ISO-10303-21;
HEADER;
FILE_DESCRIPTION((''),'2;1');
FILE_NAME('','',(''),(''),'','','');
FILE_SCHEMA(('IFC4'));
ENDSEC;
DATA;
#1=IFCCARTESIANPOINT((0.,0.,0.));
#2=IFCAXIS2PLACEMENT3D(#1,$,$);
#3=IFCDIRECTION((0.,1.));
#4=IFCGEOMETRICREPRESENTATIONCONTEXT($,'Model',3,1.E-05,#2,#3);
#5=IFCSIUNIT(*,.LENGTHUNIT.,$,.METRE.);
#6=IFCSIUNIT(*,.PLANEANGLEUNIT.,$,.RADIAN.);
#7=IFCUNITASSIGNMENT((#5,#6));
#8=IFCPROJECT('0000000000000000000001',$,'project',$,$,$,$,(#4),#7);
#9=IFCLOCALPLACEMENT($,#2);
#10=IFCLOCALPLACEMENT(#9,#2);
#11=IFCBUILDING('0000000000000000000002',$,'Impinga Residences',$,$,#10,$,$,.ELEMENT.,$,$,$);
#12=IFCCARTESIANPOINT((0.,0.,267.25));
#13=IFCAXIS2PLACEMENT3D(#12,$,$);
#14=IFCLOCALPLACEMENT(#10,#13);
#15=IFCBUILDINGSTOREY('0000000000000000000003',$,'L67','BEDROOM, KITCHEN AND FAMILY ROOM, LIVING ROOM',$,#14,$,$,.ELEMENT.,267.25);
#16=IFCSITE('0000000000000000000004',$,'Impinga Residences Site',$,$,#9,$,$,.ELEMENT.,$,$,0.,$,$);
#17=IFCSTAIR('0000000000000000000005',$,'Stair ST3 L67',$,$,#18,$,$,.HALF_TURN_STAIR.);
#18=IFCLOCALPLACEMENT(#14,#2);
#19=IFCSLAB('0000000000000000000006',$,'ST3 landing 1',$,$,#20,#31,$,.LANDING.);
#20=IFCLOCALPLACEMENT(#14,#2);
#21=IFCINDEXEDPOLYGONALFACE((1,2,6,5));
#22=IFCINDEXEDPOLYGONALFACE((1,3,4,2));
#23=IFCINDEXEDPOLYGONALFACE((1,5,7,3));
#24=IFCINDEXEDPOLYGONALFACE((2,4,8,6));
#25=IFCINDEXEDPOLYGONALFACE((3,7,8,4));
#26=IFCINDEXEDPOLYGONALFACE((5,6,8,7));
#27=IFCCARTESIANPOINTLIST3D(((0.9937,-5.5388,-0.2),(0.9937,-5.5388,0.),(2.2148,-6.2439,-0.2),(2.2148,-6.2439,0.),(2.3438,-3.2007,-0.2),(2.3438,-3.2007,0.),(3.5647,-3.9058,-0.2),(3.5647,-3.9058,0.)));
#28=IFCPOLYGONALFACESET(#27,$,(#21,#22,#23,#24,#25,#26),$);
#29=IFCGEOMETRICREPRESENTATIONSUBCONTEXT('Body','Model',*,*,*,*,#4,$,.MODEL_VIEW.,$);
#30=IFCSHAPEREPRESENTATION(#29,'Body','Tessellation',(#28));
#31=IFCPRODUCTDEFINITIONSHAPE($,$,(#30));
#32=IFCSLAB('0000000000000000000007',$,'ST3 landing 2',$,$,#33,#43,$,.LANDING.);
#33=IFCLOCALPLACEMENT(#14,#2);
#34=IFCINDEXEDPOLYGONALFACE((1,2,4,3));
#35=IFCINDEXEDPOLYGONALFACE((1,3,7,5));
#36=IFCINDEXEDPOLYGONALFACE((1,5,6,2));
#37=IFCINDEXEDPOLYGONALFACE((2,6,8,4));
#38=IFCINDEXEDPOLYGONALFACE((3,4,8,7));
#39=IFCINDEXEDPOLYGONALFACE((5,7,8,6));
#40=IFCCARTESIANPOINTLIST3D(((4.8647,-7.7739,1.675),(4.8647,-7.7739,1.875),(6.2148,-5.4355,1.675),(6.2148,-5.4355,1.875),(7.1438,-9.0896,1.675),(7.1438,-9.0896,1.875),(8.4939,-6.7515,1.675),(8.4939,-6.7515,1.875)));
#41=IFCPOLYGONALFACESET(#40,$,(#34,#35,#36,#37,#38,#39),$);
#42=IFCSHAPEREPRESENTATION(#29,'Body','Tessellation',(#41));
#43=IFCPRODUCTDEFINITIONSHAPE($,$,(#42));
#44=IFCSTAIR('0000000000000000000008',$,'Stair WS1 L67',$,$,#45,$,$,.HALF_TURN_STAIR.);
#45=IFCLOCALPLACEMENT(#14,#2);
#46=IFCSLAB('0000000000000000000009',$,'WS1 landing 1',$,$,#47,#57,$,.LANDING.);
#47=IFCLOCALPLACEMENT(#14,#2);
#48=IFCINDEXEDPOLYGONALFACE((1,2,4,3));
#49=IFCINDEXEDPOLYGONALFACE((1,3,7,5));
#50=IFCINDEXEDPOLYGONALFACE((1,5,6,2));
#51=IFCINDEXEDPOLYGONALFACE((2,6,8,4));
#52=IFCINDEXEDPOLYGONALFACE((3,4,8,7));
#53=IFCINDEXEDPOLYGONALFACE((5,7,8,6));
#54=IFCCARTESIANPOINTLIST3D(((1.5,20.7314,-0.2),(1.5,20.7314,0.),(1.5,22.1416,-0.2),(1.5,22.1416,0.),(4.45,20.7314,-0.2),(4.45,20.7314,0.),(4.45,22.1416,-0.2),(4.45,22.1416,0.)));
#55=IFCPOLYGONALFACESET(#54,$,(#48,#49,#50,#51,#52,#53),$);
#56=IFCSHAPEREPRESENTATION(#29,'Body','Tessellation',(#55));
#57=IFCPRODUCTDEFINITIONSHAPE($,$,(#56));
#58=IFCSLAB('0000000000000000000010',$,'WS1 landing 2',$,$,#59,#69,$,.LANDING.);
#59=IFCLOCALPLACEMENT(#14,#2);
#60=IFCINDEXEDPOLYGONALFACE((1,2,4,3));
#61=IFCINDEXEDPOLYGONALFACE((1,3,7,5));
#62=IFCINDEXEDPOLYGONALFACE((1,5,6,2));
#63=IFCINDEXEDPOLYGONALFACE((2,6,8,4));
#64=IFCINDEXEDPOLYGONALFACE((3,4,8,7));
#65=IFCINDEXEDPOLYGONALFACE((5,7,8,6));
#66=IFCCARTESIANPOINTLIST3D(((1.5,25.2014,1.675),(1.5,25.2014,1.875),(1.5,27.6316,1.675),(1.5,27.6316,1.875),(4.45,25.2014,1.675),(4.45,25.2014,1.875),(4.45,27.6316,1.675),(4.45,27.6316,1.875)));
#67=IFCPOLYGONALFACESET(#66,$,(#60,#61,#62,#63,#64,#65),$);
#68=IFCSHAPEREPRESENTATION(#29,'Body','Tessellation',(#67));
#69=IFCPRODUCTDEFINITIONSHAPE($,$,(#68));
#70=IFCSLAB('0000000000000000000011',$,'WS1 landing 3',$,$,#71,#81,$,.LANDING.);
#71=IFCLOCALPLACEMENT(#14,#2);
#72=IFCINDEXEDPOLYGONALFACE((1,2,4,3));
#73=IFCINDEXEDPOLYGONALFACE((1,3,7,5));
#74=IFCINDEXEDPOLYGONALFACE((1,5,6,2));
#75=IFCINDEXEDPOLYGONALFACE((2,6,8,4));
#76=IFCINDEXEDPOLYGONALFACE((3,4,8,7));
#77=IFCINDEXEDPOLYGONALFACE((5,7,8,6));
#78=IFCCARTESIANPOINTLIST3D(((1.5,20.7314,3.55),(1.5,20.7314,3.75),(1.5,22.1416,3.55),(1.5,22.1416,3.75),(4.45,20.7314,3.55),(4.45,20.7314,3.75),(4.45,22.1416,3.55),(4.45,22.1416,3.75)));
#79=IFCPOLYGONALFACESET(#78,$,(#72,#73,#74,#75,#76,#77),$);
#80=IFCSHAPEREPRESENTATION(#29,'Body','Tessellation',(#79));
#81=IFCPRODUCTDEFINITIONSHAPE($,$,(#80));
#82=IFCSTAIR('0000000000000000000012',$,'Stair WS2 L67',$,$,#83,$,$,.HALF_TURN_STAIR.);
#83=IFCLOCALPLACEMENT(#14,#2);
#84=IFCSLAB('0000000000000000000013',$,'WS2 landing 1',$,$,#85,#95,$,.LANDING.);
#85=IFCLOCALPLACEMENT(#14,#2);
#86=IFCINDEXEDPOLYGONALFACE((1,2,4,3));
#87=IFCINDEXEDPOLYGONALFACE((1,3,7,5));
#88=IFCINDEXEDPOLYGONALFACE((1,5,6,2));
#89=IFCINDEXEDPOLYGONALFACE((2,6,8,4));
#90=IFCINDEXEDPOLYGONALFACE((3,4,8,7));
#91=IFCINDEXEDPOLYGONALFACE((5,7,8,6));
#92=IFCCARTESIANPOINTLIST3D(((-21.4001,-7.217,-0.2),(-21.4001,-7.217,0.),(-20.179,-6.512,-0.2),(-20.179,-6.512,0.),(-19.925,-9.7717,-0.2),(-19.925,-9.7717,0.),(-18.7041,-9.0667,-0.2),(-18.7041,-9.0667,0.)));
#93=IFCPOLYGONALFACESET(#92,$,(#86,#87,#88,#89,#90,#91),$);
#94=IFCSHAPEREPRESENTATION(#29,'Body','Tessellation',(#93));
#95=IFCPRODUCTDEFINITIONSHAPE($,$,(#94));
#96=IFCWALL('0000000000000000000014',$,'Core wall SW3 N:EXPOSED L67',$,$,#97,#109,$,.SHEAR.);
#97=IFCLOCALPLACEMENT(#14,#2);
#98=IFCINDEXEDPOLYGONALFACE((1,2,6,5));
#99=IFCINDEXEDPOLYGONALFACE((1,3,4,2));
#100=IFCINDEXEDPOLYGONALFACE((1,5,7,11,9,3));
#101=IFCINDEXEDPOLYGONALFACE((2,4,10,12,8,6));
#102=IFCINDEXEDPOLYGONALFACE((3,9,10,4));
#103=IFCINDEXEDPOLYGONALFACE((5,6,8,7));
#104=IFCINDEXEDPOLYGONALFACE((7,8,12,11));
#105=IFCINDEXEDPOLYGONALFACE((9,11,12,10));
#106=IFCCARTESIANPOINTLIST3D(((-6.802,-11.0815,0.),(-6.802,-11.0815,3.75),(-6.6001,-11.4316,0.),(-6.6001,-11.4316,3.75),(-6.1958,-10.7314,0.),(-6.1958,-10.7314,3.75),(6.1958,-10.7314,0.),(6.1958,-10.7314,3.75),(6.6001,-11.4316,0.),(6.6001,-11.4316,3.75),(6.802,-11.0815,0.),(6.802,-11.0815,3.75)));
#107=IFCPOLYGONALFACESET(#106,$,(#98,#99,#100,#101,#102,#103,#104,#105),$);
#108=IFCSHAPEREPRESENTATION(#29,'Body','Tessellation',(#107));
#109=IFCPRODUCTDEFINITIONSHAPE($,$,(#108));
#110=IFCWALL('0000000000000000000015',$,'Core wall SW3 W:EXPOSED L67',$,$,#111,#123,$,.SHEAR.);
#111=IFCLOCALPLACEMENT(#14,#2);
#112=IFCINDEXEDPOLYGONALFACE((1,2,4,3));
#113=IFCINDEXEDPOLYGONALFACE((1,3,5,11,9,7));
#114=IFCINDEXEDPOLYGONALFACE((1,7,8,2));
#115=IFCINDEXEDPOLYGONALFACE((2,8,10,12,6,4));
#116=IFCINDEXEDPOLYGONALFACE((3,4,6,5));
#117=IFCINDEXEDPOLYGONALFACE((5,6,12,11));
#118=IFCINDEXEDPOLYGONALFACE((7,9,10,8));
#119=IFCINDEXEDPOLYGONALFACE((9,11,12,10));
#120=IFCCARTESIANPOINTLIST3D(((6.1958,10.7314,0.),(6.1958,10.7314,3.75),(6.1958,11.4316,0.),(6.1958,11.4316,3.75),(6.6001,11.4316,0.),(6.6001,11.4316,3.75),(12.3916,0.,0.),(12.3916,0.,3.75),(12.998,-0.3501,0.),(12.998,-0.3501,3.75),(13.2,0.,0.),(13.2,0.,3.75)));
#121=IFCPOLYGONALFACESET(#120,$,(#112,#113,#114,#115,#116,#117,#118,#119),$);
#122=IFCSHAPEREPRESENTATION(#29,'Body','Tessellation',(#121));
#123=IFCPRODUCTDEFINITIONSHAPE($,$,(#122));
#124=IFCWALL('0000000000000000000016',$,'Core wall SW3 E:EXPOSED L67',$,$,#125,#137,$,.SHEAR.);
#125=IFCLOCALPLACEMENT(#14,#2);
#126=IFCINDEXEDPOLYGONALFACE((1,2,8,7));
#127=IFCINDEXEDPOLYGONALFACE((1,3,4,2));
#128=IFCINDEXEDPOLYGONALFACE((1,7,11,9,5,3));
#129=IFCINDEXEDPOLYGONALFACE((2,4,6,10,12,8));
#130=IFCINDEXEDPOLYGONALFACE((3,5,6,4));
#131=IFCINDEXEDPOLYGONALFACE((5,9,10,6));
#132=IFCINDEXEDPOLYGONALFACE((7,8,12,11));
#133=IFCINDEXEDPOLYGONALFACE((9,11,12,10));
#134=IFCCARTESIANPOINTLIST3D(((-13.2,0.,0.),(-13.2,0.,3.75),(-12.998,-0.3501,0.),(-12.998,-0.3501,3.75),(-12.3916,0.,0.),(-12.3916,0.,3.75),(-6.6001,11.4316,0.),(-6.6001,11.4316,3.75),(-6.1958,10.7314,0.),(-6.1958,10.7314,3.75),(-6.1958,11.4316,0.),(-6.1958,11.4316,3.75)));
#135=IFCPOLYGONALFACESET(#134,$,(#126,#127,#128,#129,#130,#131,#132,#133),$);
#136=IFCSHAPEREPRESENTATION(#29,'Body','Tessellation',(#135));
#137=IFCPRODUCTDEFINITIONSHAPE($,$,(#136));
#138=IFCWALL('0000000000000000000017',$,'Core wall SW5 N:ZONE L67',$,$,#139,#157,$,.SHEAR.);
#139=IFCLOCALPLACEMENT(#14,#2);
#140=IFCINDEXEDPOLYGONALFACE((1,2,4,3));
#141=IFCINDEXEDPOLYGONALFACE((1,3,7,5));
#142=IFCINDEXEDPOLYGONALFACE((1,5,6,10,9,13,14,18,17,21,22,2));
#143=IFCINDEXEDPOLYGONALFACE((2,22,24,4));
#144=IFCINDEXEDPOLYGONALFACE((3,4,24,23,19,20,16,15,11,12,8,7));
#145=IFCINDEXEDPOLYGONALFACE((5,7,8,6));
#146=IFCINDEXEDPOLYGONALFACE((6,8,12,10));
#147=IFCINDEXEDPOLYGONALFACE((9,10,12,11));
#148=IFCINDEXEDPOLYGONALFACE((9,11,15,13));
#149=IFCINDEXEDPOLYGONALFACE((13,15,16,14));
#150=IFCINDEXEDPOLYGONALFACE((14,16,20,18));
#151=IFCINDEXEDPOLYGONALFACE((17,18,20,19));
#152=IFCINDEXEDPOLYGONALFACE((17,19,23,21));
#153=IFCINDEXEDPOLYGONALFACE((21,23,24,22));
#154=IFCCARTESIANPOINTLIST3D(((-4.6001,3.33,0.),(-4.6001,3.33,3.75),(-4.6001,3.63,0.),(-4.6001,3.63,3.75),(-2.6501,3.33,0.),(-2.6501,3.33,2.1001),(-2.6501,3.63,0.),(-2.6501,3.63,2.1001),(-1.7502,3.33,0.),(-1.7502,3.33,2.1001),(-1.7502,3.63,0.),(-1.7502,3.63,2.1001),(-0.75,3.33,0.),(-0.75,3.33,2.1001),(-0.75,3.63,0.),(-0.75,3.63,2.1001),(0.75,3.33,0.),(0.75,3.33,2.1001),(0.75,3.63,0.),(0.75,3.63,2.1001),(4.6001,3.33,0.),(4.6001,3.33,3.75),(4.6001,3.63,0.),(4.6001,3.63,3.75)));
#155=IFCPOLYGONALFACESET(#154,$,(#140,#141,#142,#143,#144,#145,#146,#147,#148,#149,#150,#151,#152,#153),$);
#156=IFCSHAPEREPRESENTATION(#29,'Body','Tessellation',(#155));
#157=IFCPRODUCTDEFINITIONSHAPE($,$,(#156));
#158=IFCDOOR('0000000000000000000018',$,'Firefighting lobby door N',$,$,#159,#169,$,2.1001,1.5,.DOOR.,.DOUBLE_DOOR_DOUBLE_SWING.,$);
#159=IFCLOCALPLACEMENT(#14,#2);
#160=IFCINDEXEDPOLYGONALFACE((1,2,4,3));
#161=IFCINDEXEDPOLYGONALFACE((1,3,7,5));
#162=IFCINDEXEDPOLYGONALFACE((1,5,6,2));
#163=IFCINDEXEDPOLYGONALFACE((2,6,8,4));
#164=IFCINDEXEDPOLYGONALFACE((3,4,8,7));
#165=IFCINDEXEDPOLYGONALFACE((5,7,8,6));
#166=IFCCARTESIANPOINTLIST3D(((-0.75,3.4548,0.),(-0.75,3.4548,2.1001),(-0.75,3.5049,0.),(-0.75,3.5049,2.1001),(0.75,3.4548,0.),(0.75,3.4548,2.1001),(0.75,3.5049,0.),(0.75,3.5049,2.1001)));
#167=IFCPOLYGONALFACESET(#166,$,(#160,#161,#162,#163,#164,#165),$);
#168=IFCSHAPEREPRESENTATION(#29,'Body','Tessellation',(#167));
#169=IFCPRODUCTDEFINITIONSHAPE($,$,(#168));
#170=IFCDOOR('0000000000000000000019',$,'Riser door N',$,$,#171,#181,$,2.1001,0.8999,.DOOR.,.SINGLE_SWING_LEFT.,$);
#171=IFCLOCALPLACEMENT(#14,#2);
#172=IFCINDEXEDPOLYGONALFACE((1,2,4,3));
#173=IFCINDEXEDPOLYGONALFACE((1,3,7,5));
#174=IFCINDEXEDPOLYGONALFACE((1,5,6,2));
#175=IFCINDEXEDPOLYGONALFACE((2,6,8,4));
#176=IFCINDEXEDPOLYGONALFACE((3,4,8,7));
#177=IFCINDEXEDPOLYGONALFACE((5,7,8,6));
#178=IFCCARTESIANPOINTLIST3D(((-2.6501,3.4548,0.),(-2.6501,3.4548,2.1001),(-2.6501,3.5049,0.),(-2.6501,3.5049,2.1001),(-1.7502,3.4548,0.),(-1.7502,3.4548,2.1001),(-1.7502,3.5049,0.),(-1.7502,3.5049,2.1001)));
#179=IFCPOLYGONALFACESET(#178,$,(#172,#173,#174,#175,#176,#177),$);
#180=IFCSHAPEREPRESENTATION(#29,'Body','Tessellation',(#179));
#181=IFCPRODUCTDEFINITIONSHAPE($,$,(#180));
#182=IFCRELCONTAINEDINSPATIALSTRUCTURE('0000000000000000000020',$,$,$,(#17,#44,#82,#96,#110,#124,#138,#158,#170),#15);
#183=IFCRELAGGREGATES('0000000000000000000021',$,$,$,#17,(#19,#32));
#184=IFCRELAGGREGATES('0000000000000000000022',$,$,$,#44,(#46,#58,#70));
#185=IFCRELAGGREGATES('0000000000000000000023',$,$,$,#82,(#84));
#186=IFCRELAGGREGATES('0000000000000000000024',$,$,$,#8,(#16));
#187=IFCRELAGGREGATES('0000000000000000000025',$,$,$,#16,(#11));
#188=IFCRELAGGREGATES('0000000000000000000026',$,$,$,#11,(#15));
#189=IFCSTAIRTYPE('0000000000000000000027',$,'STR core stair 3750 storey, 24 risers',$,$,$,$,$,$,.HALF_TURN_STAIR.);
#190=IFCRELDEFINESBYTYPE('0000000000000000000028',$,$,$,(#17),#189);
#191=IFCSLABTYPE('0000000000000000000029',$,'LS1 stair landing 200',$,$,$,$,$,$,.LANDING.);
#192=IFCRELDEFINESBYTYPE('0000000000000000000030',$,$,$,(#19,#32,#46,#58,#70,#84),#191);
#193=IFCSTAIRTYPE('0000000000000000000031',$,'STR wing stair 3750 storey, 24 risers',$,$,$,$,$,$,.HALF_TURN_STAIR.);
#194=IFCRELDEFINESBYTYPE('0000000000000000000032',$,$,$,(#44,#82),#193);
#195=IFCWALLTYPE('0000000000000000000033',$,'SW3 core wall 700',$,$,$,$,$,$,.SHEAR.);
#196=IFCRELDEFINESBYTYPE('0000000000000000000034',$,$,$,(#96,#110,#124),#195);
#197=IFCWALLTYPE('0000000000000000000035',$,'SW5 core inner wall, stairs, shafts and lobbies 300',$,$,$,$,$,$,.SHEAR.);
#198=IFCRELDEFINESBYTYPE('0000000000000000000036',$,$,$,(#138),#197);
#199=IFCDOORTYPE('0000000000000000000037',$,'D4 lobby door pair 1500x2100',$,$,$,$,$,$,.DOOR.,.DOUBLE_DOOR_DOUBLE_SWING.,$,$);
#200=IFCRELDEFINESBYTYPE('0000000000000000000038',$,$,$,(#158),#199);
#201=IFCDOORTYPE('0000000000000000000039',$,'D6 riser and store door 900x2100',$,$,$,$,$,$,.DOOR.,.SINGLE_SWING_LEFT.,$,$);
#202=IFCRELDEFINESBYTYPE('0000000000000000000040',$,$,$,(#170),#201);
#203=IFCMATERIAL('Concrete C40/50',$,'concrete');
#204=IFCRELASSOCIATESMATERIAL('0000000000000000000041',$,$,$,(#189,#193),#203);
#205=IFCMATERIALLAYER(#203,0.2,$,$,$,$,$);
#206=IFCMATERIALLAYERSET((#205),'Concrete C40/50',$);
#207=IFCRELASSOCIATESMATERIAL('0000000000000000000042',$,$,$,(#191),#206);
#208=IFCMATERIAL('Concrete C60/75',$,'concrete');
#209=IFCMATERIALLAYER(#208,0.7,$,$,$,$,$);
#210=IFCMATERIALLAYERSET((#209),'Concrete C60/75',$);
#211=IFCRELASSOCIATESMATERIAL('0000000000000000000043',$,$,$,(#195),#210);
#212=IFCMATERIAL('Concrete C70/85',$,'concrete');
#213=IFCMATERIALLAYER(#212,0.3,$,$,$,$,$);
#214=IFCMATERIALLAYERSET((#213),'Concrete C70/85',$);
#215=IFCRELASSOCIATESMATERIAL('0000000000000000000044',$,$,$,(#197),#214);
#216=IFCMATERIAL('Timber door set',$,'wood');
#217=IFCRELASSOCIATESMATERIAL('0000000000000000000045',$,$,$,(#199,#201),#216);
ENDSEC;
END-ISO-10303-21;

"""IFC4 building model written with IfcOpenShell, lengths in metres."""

from ifc_helpers import new_model, si_unit, direction, frame, frame_2d, origin, place, context, subcontext, project, spatial, polyline, rectangle, outline, extrude, material, layer, layer_set, type_object, element, fill, aggregate, save


model = new_model("IFC4")

# Units and contexts
model_context = context("Model", 3, precision=1e-05, world=origin(), true_north=direction((0.0, 1.0)))
body_context = subcontext(model_context, "Body", "Model", "MODEL_VIEW")
ifc_project = project(units=[si_unit("LENGTHUNIT", "METRE"), si_unit("PLANEANGLEUNIT", "RADIAN")], contexts=[model_context])

# Site, building, storey
site_placement = place(None, origin())
site = spatial("IfcSite", under=ifc_project, at=site_placement, Name="Impinga Residences Site", CompositionType="ELEMENT", RefElevation=0.0)
building_placement = place(site_placement, origin())
building = spatial("IfcBuilding", under=site, at=building_placement, Name="Impinga Residences", CompositionType="ELEMENT")
storey_placement = place(building_placement, frame((0.0, 0.0, 267.25)))
storey = spatial("IfcBuildingStorey", under=building, at=storey_placement, Name="L67", Description="BEDROOM, KITCHEN AND FAMILY ROOM, LIVING ROOM", CompositionType="ELEMENT", Elevation=267.25)

# Shared definitions
ifc_material_1 = material(Name="Concrete C60/75", Category="concrete")

# Stairs, slabs
ifc_material_2 = material(Name="Concrete C40/50", Category="concrete")
stair_type_1 = type_object("IfcStairType", Name="STR core stair 3750 storey, 24 risers", PredefinedType="HALF_TURN_STAIR", material=ifc_material_2)
ifc_layer_1 = layer(ifc_material_2, 0.2)
ifc_layer_set_1 = layer_set([ifc_layer_1], Name="Concrete C40/50")
slab_type_1 = type_object("IfcSlabType", Name="LS1 stair landing 200", PredefinedType="LANDING", material=ifc_layer_set_1)
stair_1_placement = place(storey_placement, origin())
stair_1 = element("IfcStair", 1, at=stair_1_placement, inside=storey, type_object=stair_type_1, Name="Stair ST3 L67", PredefinedType="HALF_TURN_STAIR")
slab_1_placement = place(storey_placement, frame((0.0, 0.0, -0.2)))
slab_1 = element("IfcSlab", 2, at=slab_1_placement, type_object=slab_type_1, Name="ST3 landing 1", PredefinedType="LANDING", context=body_context, shape_type="SweptSolid", body=[
    extrude(outline(polyline([(2.3438, -3.2007), (0.9937, -5.5388), (2.2148, -6.2439), (3.5647, -3.9058), (2.3438, -3.2007)])), origin(), (0.0, 0.0, 1.0), 0.2),
])
slab_2_placement = place(storey_placement, frame((0.0, 0.0, 1.675)))
slab_2 = element("IfcSlab", 3, at=slab_2_placement, type_object=slab_type_1, Name="ST3 landing 2", PredefinedType="LANDING", context=body_context, shape_type="SweptSolid", body=[
    extrude(outline(polyline([(6.2148, -5.4355), (4.8647, -7.7739), (7.1438, -9.0896), (8.4939, -6.7515), (6.2148, -5.4355)])), origin(), (0.0, 0.0, 1.0), 0.2),
])
aggregate(stair_1, [slab_1, slab_2])
stair_type_2 = type_object("IfcStairType", Name="STR wing stair 3750 storey, 24 risers", PredefinedType="HALF_TURN_STAIR", material=ifc_material_2)
stair_2_placement = place(storey_placement, origin())
stair_2 = element("IfcStair", 4, at=stair_2_placement, inside=storey, type_object=stair_type_2, Name="Stair WS1 L67", PredefinedType="HALF_TURN_STAIR")
slab_3_placement = place(storey_placement, frame((0.0, 0.0, -0.2)))
slab_3 = element("IfcSlab", 5, at=slab_3_placement, type_object=slab_type_1, Name="WS1 landing 1", PredefinedType="LANDING", context=body_context, shape_type="SweptSolid", body=[
    extrude(outline(polyline([(1.5, 20.7314), (4.45, 20.7314), (4.45, 22.1416), (1.5, 22.1416), (1.5, 20.7314)])), origin(), (0.0, 0.0, 1.0), 0.2),
])
slab_4_placement = place(storey_placement, frame((0.0, 0.0, 1.675)))
slab_4 = element("IfcSlab", 6, at=slab_4_placement, type_object=slab_type_1, Name="WS1 landing 2", PredefinedType="LANDING", context=body_context, shape_type="SweptSolid", body=[
    extrude(outline(polyline([(1.5, 25.2014), (4.45, 25.2014), (4.45, 27.6316), (1.5, 27.6316), (1.5, 25.2014)])), origin(), (0.0, 0.0, 1.0), 0.2),
])
slab_5_placement = place(storey_placement, frame((0.0, 0.0, 3.55)))
slab_5 = element("IfcSlab", 7, at=slab_5_placement, type_object=slab_type_1, Name="WS1 landing 3", PredefinedType="LANDING", context=body_context, shape_type="SweptSolid", body=[
    extrude(outline(polyline([(1.5, 20.7314), (4.45, 20.7314), (4.45, 22.1416), (1.5, 22.1416), (1.5, 20.7314)])), origin(), (0.0, 0.0, 1.0), 0.2),
])
aggregate(stair_2, [slab_3, slab_4, slab_5])

# Stair, slab
stair_3_placement = place(storey_placement, origin())
stair_3 = element("IfcStair", 8, at=stair_3_placement, inside=storey, type_object=stair_type_2, Name="Stair WS2 L67", PredefinedType="HALF_TURN_STAIR")
slab_6_placement = place(storey_placement, frame((0.0, 0.0, -0.2)))
slab_6 = element("IfcSlab", 9, at=slab_6_placement, type_object=slab_type_1, Name="WS2 landing 1", PredefinedType="LANDING", context=body_context, shape_type="SweptSolid", body=[
    extrude(outline(polyline([(-18.7041, -9.0667), (-20.179, -6.512), (-21.4001, -7.217), (-19.925, -9.7717), (-18.7041, -9.0667)])), origin(), (0.0, 0.0, 1.0), 0.2),
])
aggregate(stair_3, [slab_6])

# Walls
ifc_layer_2 = layer(ifc_material_1, 0.7)
ifc_layer_set_2 = layer_set([ifc_layer_2], Name="Concrete C60/75")
wall_type_1 = type_object("IfcWallType", Name="SW3 core wall 700", PredefinedType="SHEAR", material=ifc_layer_set_2)
wall_1_placement = place(storey_placement, origin())
element("IfcWall", 10, at=wall_1_placement, inside=storey, type_object=wall_type_1, Name="Core wall SW3 N:EXPOSED L67", PredefinedType="SHEAR", context=body_context, shape_type="SweptSolid", body=[
    extrude(outline(polyline([(-6.6001, -11.4316), (6.6001, -11.4316), (6.802, -11.0815), (6.1958, -10.7314), (-6.1958, -10.7314), (-6.802, -11.0815), (-6.6001, -11.4316)])), origin(), (0.0, 0.0, 1.0), 3.75),
])
wall_2_placement = place(storey_placement, origin())
element("IfcWall", 11, at=wall_2_placement, inside=storey, type_object=wall_type_1, Name="Core wall SW3 W:EXPOSED L67", PredefinedType="SHEAR", context=body_context, shape_type="SweptSolid", body=[
    extrude(outline(polyline([(13.2, 0.0), (6.6001, 11.4316), (6.1958, 11.4316), (6.1958, 10.7314), (12.3916, 0.0), (12.998, -0.3501), (13.2, 0.0)])), origin(), (0.0, 0.0, 1.0), 3.75),
])
wall_3_placement = place(storey_placement, origin())
element("IfcWall", 12, at=wall_3_placement, inside=storey, type_object=wall_type_1, Name="Core wall SW3 E:EXPOSED L67", PredefinedType="SHEAR", context=body_context, shape_type="SweptSolid", body=[
    extrude(outline(polyline([(-6.6001, 11.4316), (-13.2, 0.0), (-12.998, -0.3501), (-12.3916, 0.0), (-6.1958, 10.7314), (-6.1958, 11.4316), (-6.6001, 11.4316)])), origin(), (0.0, 0.0, 1.0), 3.75),
])

# Wall, openings, doors
ifc_material_3 = material(Name="Concrete C70/85", Category="concrete")
ifc_layer_3 = layer(ifc_material_3, 0.3)
ifc_layer_set_3 = layer_set([ifc_layer_3], Name="Concrete C70/85")
wall_type_2 = type_object("IfcWallType", Name="SW5 core inner wall, stairs, shafts and lobbies 300", PredefinedType="SHEAR", material=ifc_layer_set_3)
wall_4_placement = place(storey_placement, frame((-4.6001, 3.48, 0.0), z_axis=(0.0, 0.0, 1.0), x_axis=(1.0, 0.0, 0.0)))
wall_4 = element("IfcWall", 13, at=wall_4_placement, inside=storey, type_object=wall_type_2, Name="Core wall SW5 N:ZONE L67", PredefinedType="SHEAR", context=body_context, shape_type="SweptSolid", body=[
    extrude(rectangle(XDim=9.2002, YDim=0.3, at=frame_2d((4.6001, 0.0))), origin(), (0.0, 0.0, 1.0), 3.75),
])
opening_1_placement = place(wall_4_placement, frame((3.8501, 0.0, 0.0)))
opening_1 = element("IfcOpeningElement", 14, at=opening_1_placement, cuts=wall_4, PredefinedType="OPENING", context=body_context, shape_type="SweptSolid", body=[
    extrude(rectangle(XDim=1.5, YDim=2.1001, at=frame_2d((0.75, 1.05))), frame((0.0, 0.1599, 0.0), z_axis=(0.0, -1.0, 0.0), x_axis=(1.0, 0.0, 0.0)), (0.0, 0.0, 1.0), 0.3201),
])
opening_2_placement = place(wall_4_placement, frame((1.95, 0.0, 0.0)))
opening_2 = element("IfcOpeningElement", 15, at=opening_2_placement, cuts=wall_4, PredefinedType="OPENING", context=body_context, shape_type="SweptSolid", body=[
    extrude(rectangle(XDim=0.8999, YDim=2.1001, at=frame_2d((0.45, 1.05))), frame((0.0, 0.1599, 0.0), z_axis=(0.0, -1.0, 0.0), x_axis=(1.0, 0.0, 0.0)), (0.0, 0.0, 1.0), 0.3201),
])
ifc_material_4 = material(Name="Timber door set", Category="wood")
door_type_1 = type_object("IfcDoorType", Name="D4 lobby door pair 1500x2100", OperationType="DOUBLE_DOOR_DOUBLE_SWING", PredefinedType="DOOR", material=ifc_material_4)
door_1_placement = place(opening_1_placement, origin())
door_1 = element("IfcDoor", 16, at=door_1_placement, inside=storey, type_object=door_type_1, Name="Firefighting lobby door N", OperationType="DOUBLE_DOOR_DOUBLE_SWING", OverallHeight=2.1001, OverallWidth=1.5, PredefinedType="DOOR", context=body_context, shape_type="SweptSolid", body=[
    extrude(rectangle(XDim=1.5, YDim=2.1001, at=frame_2d((0.75, 1.05))), frame((0.0, 0.0249, 0.0), z_axis=(0.0, -1.0, 0.0), x_axis=(1.0, 0.0, 0.0)), (0.0, 0.0, 1.0), 0.05),
])
fill(opening_1, door_1)
door_type_2 = type_object("IfcDoorType", Name="D6 riser and store door 900x2100", OperationType="SINGLE_SWING_LEFT", PredefinedType="DOOR", material=ifc_material_4)
door_2_placement = place(opening_2_placement, origin())
door_2 = element("IfcDoor", 17, at=door_2_placement, inside=storey, type_object=door_type_2, Name="Riser door N", OperationType="SINGLE_SWING_LEFT", OverallHeight=2.1001, OverallWidth=0.8999, PredefinedType="DOOR", context=body_context, shape_type="SweptSolid", body=[
    extrude(rectangle(XDim=0.8999, YDim=2.1001, at=frame_2d((0.45, 1.05))), frame((0.0, 0.0249, 0.0), z_axis=(0.0, -1.0, 0.0), x_axis=(1.0, 0.0, 0.0)), (0.0, 0.0, 1.0), 0.05),
])
fill(opening_2, door_2)

save(model, "model.ifc")
